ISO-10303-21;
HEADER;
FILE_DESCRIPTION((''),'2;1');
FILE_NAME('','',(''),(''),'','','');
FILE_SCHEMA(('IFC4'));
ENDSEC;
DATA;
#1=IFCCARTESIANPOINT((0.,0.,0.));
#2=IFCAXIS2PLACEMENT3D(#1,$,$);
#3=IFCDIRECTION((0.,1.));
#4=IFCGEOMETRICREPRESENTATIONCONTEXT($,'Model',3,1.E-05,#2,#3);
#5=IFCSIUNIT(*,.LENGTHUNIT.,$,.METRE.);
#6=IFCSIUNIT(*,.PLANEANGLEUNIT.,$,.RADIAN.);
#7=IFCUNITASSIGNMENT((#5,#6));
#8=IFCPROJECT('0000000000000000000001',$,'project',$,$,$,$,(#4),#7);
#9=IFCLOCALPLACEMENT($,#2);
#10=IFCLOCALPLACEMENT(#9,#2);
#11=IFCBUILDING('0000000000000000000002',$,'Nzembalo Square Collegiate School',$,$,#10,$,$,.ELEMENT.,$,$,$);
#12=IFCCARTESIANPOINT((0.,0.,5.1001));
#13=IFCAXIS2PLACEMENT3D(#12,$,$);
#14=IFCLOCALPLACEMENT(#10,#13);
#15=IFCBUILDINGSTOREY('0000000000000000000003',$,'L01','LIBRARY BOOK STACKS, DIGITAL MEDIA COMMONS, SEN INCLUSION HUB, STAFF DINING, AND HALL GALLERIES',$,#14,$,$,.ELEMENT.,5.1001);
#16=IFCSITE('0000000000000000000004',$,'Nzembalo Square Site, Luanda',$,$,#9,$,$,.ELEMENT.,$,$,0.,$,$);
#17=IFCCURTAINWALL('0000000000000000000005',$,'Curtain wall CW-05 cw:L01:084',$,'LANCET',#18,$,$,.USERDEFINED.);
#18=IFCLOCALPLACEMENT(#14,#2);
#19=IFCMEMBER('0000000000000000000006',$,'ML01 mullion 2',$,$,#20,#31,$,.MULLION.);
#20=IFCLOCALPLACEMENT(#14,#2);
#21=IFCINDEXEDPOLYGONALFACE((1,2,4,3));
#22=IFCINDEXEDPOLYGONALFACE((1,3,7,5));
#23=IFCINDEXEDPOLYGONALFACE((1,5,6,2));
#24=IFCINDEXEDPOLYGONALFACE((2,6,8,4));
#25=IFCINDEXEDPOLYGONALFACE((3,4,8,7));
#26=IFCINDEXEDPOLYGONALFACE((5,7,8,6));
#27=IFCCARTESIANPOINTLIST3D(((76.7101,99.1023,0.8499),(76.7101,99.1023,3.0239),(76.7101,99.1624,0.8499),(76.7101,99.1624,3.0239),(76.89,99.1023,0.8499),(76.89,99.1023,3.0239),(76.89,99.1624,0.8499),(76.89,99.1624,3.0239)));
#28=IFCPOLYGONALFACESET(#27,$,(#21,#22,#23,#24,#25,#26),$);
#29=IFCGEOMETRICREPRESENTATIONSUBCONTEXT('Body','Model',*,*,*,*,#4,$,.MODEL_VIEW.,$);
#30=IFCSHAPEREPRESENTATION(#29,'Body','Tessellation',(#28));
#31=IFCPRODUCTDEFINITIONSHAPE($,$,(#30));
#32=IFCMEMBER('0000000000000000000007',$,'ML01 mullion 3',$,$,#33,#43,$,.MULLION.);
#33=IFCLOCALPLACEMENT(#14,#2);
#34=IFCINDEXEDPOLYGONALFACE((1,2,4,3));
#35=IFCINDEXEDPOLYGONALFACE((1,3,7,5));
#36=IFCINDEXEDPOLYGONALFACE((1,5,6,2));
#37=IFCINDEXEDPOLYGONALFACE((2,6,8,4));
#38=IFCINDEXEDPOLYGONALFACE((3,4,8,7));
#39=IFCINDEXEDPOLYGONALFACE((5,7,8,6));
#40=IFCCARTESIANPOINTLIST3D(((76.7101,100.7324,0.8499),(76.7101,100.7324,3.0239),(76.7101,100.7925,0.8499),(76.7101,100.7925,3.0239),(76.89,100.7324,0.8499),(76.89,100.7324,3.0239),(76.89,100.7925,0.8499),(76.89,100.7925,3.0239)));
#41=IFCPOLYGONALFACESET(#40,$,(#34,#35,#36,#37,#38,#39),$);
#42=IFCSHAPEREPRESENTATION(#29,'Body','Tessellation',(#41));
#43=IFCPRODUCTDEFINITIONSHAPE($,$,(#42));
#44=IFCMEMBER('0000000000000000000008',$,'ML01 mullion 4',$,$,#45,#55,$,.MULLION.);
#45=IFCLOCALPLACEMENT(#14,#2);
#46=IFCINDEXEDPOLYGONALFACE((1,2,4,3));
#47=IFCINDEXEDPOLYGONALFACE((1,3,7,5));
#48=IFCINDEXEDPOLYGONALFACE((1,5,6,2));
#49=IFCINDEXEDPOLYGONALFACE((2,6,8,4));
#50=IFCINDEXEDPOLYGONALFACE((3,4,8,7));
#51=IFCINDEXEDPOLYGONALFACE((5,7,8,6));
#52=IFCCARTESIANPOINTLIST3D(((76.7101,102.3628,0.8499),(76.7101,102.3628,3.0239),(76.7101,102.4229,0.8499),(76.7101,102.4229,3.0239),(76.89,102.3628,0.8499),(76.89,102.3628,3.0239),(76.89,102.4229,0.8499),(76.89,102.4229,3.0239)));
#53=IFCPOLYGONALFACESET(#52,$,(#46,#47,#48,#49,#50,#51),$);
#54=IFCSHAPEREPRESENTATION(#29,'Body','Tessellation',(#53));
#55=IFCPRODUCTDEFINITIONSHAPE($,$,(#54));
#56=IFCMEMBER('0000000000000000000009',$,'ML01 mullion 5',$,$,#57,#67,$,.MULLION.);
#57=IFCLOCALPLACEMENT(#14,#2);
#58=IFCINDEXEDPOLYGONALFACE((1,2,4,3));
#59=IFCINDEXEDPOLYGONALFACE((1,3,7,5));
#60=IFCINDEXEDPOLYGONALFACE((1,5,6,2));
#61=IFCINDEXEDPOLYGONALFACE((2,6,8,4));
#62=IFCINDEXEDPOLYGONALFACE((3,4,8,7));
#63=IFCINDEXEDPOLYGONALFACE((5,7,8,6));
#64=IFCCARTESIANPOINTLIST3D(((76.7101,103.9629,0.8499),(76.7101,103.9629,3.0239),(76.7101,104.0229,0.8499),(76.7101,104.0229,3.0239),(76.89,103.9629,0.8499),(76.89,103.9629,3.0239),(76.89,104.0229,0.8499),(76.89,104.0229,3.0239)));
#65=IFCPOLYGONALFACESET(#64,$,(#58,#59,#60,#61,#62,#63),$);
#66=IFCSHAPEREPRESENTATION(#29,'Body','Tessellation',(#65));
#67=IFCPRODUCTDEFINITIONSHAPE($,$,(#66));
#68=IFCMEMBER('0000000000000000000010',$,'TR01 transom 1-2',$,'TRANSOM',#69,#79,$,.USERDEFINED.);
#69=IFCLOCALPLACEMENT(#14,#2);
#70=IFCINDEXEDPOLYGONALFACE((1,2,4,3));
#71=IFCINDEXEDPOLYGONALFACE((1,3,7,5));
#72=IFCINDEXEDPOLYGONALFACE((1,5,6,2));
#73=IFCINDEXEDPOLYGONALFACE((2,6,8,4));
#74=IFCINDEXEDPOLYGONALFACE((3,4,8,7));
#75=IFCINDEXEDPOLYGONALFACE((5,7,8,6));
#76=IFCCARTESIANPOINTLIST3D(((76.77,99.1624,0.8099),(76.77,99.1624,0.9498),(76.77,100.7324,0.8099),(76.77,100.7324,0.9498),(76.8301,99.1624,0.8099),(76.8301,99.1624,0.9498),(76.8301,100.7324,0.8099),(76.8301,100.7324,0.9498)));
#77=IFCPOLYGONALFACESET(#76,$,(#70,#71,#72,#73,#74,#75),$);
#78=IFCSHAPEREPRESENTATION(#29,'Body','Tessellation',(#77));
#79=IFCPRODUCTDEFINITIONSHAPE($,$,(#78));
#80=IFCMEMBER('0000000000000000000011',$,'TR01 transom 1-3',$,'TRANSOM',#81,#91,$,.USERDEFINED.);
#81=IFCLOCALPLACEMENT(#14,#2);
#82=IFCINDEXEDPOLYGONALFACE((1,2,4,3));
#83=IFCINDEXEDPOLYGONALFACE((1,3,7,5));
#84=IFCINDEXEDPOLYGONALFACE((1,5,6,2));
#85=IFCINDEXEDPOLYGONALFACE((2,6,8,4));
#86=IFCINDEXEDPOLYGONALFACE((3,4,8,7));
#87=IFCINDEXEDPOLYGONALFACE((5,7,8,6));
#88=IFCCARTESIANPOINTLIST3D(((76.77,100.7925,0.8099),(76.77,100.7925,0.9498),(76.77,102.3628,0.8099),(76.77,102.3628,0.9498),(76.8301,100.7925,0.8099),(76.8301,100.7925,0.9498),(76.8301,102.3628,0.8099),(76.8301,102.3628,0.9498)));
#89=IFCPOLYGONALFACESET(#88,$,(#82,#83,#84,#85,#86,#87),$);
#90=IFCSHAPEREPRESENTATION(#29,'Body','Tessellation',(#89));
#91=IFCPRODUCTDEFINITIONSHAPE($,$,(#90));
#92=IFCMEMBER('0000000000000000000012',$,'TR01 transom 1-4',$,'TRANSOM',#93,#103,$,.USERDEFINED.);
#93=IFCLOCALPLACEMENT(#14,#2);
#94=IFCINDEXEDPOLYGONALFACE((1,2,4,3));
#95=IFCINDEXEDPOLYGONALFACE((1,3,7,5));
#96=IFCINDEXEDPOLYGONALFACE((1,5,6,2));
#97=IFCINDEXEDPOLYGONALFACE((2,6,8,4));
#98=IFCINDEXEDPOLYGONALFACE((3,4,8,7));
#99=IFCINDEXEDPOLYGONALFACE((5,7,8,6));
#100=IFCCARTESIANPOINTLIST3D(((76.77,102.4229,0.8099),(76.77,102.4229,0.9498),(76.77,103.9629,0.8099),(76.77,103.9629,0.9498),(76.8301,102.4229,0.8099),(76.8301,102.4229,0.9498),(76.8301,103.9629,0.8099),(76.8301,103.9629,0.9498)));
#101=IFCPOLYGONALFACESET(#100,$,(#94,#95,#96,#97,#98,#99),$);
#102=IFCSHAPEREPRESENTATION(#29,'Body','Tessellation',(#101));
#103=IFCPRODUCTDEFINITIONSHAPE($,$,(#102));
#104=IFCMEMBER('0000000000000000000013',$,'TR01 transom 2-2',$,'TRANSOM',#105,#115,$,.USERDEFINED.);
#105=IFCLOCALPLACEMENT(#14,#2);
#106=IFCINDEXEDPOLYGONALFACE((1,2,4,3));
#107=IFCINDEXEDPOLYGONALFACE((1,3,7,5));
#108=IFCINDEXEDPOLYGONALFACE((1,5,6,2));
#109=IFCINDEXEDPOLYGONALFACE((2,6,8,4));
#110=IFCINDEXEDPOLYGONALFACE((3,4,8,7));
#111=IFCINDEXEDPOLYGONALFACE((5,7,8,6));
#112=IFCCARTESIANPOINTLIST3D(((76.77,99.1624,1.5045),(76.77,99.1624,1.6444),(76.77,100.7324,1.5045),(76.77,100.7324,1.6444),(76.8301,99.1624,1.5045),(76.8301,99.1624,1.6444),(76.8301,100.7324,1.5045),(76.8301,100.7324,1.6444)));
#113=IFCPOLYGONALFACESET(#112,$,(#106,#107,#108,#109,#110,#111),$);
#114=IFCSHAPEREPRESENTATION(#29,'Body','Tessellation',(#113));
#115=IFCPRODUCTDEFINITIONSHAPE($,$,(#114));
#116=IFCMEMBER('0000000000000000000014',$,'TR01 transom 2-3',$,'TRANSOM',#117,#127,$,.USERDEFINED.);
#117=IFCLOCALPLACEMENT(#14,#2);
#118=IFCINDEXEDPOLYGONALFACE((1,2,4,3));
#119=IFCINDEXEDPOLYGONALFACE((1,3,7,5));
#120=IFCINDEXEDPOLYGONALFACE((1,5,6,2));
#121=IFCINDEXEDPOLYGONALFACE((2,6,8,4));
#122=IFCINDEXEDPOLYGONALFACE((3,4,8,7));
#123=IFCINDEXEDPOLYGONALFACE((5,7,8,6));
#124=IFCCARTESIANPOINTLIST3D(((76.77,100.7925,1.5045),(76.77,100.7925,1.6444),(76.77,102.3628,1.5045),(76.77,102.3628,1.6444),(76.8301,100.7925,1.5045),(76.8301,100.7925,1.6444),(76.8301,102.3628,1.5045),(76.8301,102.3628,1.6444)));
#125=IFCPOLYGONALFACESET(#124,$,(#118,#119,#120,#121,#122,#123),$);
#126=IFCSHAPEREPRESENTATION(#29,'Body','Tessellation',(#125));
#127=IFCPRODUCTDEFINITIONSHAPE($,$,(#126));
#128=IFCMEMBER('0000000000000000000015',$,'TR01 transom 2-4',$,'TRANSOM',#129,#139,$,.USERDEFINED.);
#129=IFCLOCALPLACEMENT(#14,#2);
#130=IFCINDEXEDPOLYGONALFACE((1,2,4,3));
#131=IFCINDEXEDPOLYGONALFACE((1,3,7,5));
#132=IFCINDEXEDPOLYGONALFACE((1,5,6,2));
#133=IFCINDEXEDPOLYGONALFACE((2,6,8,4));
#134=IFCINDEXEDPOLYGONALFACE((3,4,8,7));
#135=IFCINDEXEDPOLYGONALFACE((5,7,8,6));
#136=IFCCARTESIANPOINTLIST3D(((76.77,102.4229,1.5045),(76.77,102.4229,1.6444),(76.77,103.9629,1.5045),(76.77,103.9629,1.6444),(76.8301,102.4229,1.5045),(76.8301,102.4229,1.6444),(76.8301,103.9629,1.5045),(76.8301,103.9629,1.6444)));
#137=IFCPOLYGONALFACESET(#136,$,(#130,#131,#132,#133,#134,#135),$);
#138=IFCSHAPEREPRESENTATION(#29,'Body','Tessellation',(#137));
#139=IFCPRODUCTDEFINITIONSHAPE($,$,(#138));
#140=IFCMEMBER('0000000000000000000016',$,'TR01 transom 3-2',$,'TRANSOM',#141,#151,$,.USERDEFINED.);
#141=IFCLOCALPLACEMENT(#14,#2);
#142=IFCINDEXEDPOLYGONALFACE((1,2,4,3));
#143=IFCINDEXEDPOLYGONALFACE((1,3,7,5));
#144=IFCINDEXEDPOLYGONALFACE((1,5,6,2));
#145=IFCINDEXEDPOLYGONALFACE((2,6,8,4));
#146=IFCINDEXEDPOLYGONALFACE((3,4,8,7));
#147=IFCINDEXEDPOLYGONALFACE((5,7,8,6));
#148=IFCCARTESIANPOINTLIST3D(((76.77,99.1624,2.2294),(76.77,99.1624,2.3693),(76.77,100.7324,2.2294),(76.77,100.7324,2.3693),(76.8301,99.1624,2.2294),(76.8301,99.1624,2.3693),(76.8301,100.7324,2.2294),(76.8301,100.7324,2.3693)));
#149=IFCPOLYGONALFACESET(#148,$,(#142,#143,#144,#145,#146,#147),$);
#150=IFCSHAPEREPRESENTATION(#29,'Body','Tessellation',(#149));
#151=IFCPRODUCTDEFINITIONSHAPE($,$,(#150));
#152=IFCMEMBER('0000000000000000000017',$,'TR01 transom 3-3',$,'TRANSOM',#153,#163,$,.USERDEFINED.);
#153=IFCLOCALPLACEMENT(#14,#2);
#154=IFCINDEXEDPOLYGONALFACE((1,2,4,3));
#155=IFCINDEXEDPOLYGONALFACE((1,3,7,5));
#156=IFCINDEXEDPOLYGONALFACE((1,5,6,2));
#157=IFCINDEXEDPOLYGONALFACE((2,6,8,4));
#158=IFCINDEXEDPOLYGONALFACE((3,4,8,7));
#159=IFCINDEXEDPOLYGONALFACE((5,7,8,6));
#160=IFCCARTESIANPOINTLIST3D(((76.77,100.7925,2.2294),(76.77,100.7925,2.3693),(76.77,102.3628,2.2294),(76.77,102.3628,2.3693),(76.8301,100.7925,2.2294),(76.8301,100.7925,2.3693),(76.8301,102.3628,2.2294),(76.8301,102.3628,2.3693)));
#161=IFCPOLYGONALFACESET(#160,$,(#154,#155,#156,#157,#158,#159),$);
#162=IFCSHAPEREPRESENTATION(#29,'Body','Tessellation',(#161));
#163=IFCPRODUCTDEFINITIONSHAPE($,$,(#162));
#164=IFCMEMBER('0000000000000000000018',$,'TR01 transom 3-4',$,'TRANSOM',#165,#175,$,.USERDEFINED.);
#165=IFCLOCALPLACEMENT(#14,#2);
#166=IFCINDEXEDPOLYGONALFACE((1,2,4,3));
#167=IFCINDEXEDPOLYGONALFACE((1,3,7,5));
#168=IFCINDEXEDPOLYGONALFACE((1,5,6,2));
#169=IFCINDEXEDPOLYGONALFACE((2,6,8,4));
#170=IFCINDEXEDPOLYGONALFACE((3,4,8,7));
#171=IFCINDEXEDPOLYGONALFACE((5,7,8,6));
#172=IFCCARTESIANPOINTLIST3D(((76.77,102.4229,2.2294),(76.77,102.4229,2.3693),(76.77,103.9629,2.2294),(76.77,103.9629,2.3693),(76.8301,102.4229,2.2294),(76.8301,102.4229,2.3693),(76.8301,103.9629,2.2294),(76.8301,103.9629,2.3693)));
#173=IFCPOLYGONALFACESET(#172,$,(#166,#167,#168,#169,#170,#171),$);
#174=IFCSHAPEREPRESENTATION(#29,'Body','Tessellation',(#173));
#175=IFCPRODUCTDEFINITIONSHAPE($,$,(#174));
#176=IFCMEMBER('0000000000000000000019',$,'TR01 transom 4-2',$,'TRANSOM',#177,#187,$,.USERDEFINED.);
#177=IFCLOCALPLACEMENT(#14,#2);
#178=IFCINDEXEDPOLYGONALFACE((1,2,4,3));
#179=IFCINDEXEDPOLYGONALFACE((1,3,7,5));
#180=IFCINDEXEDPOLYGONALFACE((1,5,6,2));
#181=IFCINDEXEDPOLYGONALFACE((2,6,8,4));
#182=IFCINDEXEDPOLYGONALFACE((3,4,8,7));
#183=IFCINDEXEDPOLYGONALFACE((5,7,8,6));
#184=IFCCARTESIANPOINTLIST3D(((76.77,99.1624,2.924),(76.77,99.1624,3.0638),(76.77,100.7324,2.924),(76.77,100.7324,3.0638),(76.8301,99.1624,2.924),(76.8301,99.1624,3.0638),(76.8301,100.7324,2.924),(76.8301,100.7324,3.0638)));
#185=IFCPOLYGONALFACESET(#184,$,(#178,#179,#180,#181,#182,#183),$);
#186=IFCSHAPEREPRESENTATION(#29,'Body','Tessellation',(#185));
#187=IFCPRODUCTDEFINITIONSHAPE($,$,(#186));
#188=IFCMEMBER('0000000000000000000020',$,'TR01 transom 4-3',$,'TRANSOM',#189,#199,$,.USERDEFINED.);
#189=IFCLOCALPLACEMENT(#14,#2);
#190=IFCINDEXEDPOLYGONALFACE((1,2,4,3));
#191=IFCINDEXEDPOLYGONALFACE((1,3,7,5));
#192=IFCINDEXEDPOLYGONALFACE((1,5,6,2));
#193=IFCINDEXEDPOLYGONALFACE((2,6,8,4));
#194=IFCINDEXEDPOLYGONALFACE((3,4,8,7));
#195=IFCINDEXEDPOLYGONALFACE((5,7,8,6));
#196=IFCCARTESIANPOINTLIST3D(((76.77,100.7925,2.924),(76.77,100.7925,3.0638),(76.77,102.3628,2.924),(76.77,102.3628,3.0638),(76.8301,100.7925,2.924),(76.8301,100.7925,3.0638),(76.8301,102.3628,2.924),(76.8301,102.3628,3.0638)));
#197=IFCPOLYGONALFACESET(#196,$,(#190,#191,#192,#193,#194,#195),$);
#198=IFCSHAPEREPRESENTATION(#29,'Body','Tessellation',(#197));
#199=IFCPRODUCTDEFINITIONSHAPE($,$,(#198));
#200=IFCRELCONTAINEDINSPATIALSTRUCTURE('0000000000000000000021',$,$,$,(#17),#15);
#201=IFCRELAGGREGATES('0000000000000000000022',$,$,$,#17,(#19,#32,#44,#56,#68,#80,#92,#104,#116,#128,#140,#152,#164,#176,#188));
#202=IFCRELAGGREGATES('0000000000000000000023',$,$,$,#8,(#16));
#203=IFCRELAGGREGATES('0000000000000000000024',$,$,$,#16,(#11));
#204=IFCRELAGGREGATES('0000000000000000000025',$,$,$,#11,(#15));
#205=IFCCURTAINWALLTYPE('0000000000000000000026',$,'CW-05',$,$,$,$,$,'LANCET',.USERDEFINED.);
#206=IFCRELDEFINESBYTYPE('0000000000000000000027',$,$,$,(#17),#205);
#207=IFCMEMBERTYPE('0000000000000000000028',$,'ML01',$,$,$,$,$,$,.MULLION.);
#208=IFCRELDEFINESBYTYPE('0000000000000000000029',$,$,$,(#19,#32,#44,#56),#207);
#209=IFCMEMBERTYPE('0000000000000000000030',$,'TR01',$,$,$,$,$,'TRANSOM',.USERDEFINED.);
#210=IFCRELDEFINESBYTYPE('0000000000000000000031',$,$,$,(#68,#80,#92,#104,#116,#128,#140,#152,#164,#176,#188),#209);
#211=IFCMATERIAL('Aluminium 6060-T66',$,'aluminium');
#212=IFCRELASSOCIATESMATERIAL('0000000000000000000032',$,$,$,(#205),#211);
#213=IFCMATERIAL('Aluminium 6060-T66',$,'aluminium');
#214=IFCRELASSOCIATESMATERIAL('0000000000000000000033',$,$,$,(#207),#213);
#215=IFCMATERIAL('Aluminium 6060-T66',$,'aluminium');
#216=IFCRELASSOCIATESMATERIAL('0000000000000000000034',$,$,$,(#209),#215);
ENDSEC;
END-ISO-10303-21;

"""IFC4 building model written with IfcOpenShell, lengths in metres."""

from ifc_helpers import new_model, si_unit, direction, frame, origin, origin_2d, place, context, subcontext, project, spatial, rectangle, extrude, material, material_profile, profile_set, type_object, element, aggregate, save


model = new_model("IFC4")

# Units and contexts
model_context = context("Model", 3, precision=1e-05, world=origin(), true_north=direction((0.0, 1.0)))
body_context = subcontext(model_context, "Body", "Model", "MODEL_VIEW")
ifc_project = project(units=[si_unit("LENGTHUNIT", "METRE"), si_unit("PLANEANGLEUNIT", "RADIAN")], contexts=[model_context])

# Site, building, storey
site_placement = place(None, origin())
site = spatial("IfcSite", under=ifc_project, at=site_placement, Name="Nzembalo Square Site, Luanda", CompositionType="ELEMENT", RefElevation=0.0)
building_placement = place(site_placement, origin())
building = spatial("IfcBuilding", under=site, at=building_placement, Name="Nzembalo Square Collegiate School", CompositionType="ELEMENT")
storey_placement = place(building_placement, frame((0.0, 0.0, 5.1001)))
storey = spatial("IfcBuildingStorey", under=building, at=storey_placement, Name="L01", Description="LIBRARY BOOK STACKS, DIGITAL MEDIA COMMONS, SEN INCLUSION HUB, STAFF DINING, AND HALL GALLERIES", CompositionType="ELEMENT", Elevation=5.1001)

# Curtain wall, members
ifc_material_1 = material(Name="Aluminium 6060-T66", Category="aluminium")
curtain_wall_type = type_object("IfcCurtainWallType", Name="CW-05", ElementType="LANCET", PredefinedType="USERDEFINED", material=ifc_material_1)
curtain_wall_placement = place(storey_placement, origin())
curtain_wall = element("IfcCurtainWall", 1, at=curtain_wall_placement, inside=storey, type_object=curtain_wall_type, Name="Curtain wall CW-05 cw:L01:084", ObjectType="LANCET", PredefinedType="USERDEFINED")
ifc_material_2 = material(Name="Aluminium 6060-T66", Category="aluminium")
ifc_material_profile_1 = material_profile(ifc_material_2, rectangle(XDim=0.0601, YDim=0.1799, at=origin_2d()), Name="ALU M60x180")
ifc_profile_set_1 = profile_set([ifc_material_profile_1], Name="Aluminium 6060-T66")
member_type_1 = type_object("IfcMemberType", Name="ML01", PredefinedType="MULLION", material=ifc_profile_set_1)
member_1_placement = place(storey_placement, frame((76.8, 99.1323, 0.8499), z_axis=(0.0, 0.0, 1.0), x_axis=(0.0, 1.0, 0.0)))
member_1 = element("IfcMember", 2, at=member_1_placement, type_object=member_type_1, Name="ML01 mullion 2", PredefinedType="MULLION", context=body_context, shape_type="SweptSolid", body=[
    extrude(rectangle(XDim=0.0601, YDim=0.1799, at=origin_2d()), origin(), (0.0, 0.0, 1.0), 2.1741),
])
member_2_placement = place(storey_placement, frame((76.8, 100.7625, 0.8499), z_axis=(0.0, 0.0, 1.0), x_axis=(0.0, 1.0, 0.0)))
member_2 = element("IfcMember", 3, at=member_2_placement, type_object=member_type_1, Name="ML01 mullion 3", PredefinedType="MULLION", context=body_context, shape_type="SweptSolid", body=[
    extrude(rectangle(XDim=0.0601, YDim=0.1799, at=origin_2d()), origin(), (0.0, 0.0, 1.0), 2.1741),
])
member_3_placement = place(storey_placement, frame((76.8, 102.3928, 0.8499), z_axis=(0.0, 0.0, 1.0), x_axis=(0.0, 1.0, 0.0)))
member_3 = element("IfcMember", 4, at=member_3_placement, type_object=member_type_1, Name="ML01 mullion 4", PredefinedType="MULLION", context=body_context, shape_type="SweptSolid", body=[
    extrude(rectangle(XDim=0.0601, YDim=0.1799, at=origin_2d()), origin(), (0.0, 0.0, 1.0), 2.1741),
])
member_4_placement = place(storey_placement, frame((76.8, 103.9929, 0.8499), z_axis=(0.0, 0.0, 1.0), x_axis=(0.0, 1.0, 0.0)))
member_4 = element("IfcMember", 5, at=member_4_placement, type_object=member_type_1, Name="ML01 mullion 5", PredefinedType="MULLION", context=body_context, shape_type="SweptSolid", body=[
    extrude(rectangle(XDim=0.0601, YDim=0.1799, at=origin_2d()), origin(), (0.0, 0.0, 1.0), 2.1741),
])
ifc_material_3 = material(Name="Aluminium 6060-T66", Category="aluminium")
ifc_material_profile_2 = material_profile(ifc_material_3, rectangle(XDim=0.0601, YDim=0.1399, at=origin_2d()), Name="ALU T60x140")
ifc_profile_set_2 = profile_set([ifc_material_profile_2], Name="Aluminium 6060-T66")
member_type_2 = type_object("IfcMemberType", Name="TR01", ElementType="TRANSOM", PredefinedType="USERDEFINED", material=ifc_profile_set_2)
member_5_placement = place(storey_placement, frame((76.8, 99.1624, 0.8799), z_axis=(0.0, 1.0, 0.0), x_axis=(-1.0, 0.0, 0.0)))
member_5 = element("IfcMember", 6, at=member_5_placement, type_object=member_type_2, Name="TR01 transom 1-2", ObjectType="TRANSOM", PredefinedType="USERDEFINED", context=body_context, shape_type="SweptSolid", body=[
    extrude(rectangle(XDim=0.0601, YDim=0.1399, at=origin_2d()), origin(), (0.0, 0.0, 1.0), 1.5701),
])
member_6_placement = place(storey_placement, frame((76.8, 100.7925, 0.8799), z_axis=(0.0, 1.0, 0.0), x_axis=(-1.0, 0.0, 0.0)))
member_6 = element("IfcMember", 7, at=member_6_placement, type_object=member_type_2, Name="TR01 transom 1-3", ObjectType="TRANSOM", PredefinedType="USERDEFINED", context=body_context, shape_type="SweptSolid", body=[
    extrude(rectangle(XDim=0.0601, YDim=0.1399, at=origin_2d()), origin(), (0.0, 0.0, 1.0), 1.5703),
])
member_7_placement = place(storey_placement, frame((76.8, 102.4229, 0.8799), z_axis=(0.0, 1.0, 0.0), x_axis=(-1.0, 0.0, 0.0)))
member_7 = element("IfcMember", 8, at=member_7_placement, type_object=member_type_2, Name="TR01 transom 1-4", ObjectType="TRANSOM", PredefinedType="USERDEFINED", context=body_context, shape_type="SweptSolid", body=[
    extrude(rectangle(XDim=0.0601, YDim=0.1399, at=origin_2d()), origin(), (0.0, 0.0, 1.0), 1.54),
])
member_8_placement = place(storey_placement, frame((76.8, 99.1624, 1.5745), z_axis=(0.0, 1.0, 0.0), x_axis=(-1.0, 0.0, 0.0)))
member_8 = element("IfcMember", 9, at=member_8_placement, type_object=member_type_2, Name="TR01 transom 2-2", ObjectType="TRANSOM", PredefinedType="USERDEFINED", context=body_context, shape_type="SweptSolid", body=[
    extrude(rectangle(XDim=0.0601, YDim=0.1399, at=origin_2d()), origin(), (0.0, 0.0, 1.0), 1.5701),
])
member_9_placement = place(storey_placement, frame((76.8, 100.7925, 1.5745), z_axis=(0.0, 1.0, 0.0), x_axis=(-1.0, 0.0, 0.0)))
member_9 = element("IfcMember", 10, at=member_9_placement, type_object=member_type_2, Name="TR01 transom 2-3", ObjectType="TRANSOM", PredefinedType="USERDEFINED", context=body_context, shape_type="SweptSolid", body=[
    extrude(rectangle(XDim=0.0601, YDim=0.1399, at=origin_2d()), origin(), (0.0, 0.0, 1.0), 1.5703),
])
member_10_placement = place(storey_placement, frame((76.8, 102.4229, 1.5745), z_axis=(0.0, 1.0, 0.0), x_axis=(-1.0, 0.0, 0.0)))
member_10 = element("IfcMember", 11, at=member_10_placement, type_object=member_type_2, Name="TR01 transom 2-4", ObjectType="TRANSOM", PredefinedType="USERDEFINED", context=body_context, shape_type="SweptSolid", body=[
    extrude(rectangle(XDim=0.0601, YDim=0.1399, at=origin_2d()), origin(), (0.0, 0.0, 1.0), 1.54),
])
member_11_placement = place(storey_placement, frame((76.8, 99.1624, 2.2993), z_axis=(0.0, 1.0, 0.0), x_axis=(-1.0, 0.0, 0.0)))
member_11 = element("IfcMember", 12, at=member_11_placement, type_object=member_type_2, Name="TR01 transom 3-2", ObjectType="TRANSOM", PredefinedType="USERDEFINED", context=body_context, shape_type="SweptSolid", body=[
    extrude(rectangle(XDim=0.0601, YDim=0.1399, at=origin_2d()), origin(), (0.0, 0.0, 1.0), 1.5701),
])
member_12_placement = place(storey_placement, frame((76.8, 100.7925, 2.2993), z_axis=(0.0, 1.0, 0.0), x_axis=(-1.0, 0.0, 0.0)))
member_12 = element("IfcMember", 13, at=member_12_placement, type_object=member_type_2, Name="TR01 transom 3-3", ObjectType="TRANSOM", PredefinedType="USERDEFINED", context=body_context, shape_type="SweptSolid", body=[
    extrude(rectangle(XDim=0.0601, YDim=0.1399, at=origin_2d()), origin(), (0.0, 0.0, 1.0), 1.5703),
])
member_13_placement = place(storey_placement, frame((76.8, 102.4229, 2.2993), z_axis=(0.0, 1.0, 0.0), x_axis=(-1.0, 0.0, 0.0)))
member_13 = element("IfcMember", 14, at=member_13_placement, type_object=member_type_2, Name="TR01 transom 3-4", ObjectType="TRANSOM", PredefinedType="USERDEFINED", context=body_context, shape_type="SweptSolid", body=[
    extrude(rectangle(XDim=0.0601, YDim=0.1399, at=origin_2d()), origin(), (0.0, 0.0, 1.0), 1.54),
])
member_14_placement = place(storey_placement, frame((76.8, 99.1624, 2.9939), z_axis=(0.0, 1.0, 0.0), x_axis=(-1.0, 0.0, 0.0)))
member_14 = element("IfcMember", 15, at=member_14_placement, type_object=member_type_2, Name="TR01 transom 4-2", ObjectType="TRANSOM", PredefinedType="USERDEFINED", context=body_context, shape_type="SweptSolid", body=[
    extrude(rectangle(XDim=0.0601, YDim=0.1399, at=origin_2d()), origin(), (0.0, 0.0, 1.0), 1.5701),
])
member_15_placement = place(storey_placement, frame((76.8, 100.7925, 2.9939), z_axis=(0.0, 1.0, 0.0), x_axis=(-1.0, 0.0, 0.0)))
member_15 = element("IfcMember", 16, at=member_15_placement, type_object=member_type_2, Name="TR01 transom 4-3", ObjectType="TRANSOM", PredefinedType="USERDEFINED", context=body_context, shape_type="SweptSolid", body=[
    extrude(rectangle(XDim=0.0601, YDim=0.1399, at=origin_2d()), origin(), (0.0, 0.0, 1.0), 1.5703),
])
aggregate(curtain_wall, [member_1, member_2, member_3, member_4, member_5, member_6, member_7, member_8, member_9, member_10, member_11, member_12, member_13, member_14, member_15])

save(model, "model.ifc")
